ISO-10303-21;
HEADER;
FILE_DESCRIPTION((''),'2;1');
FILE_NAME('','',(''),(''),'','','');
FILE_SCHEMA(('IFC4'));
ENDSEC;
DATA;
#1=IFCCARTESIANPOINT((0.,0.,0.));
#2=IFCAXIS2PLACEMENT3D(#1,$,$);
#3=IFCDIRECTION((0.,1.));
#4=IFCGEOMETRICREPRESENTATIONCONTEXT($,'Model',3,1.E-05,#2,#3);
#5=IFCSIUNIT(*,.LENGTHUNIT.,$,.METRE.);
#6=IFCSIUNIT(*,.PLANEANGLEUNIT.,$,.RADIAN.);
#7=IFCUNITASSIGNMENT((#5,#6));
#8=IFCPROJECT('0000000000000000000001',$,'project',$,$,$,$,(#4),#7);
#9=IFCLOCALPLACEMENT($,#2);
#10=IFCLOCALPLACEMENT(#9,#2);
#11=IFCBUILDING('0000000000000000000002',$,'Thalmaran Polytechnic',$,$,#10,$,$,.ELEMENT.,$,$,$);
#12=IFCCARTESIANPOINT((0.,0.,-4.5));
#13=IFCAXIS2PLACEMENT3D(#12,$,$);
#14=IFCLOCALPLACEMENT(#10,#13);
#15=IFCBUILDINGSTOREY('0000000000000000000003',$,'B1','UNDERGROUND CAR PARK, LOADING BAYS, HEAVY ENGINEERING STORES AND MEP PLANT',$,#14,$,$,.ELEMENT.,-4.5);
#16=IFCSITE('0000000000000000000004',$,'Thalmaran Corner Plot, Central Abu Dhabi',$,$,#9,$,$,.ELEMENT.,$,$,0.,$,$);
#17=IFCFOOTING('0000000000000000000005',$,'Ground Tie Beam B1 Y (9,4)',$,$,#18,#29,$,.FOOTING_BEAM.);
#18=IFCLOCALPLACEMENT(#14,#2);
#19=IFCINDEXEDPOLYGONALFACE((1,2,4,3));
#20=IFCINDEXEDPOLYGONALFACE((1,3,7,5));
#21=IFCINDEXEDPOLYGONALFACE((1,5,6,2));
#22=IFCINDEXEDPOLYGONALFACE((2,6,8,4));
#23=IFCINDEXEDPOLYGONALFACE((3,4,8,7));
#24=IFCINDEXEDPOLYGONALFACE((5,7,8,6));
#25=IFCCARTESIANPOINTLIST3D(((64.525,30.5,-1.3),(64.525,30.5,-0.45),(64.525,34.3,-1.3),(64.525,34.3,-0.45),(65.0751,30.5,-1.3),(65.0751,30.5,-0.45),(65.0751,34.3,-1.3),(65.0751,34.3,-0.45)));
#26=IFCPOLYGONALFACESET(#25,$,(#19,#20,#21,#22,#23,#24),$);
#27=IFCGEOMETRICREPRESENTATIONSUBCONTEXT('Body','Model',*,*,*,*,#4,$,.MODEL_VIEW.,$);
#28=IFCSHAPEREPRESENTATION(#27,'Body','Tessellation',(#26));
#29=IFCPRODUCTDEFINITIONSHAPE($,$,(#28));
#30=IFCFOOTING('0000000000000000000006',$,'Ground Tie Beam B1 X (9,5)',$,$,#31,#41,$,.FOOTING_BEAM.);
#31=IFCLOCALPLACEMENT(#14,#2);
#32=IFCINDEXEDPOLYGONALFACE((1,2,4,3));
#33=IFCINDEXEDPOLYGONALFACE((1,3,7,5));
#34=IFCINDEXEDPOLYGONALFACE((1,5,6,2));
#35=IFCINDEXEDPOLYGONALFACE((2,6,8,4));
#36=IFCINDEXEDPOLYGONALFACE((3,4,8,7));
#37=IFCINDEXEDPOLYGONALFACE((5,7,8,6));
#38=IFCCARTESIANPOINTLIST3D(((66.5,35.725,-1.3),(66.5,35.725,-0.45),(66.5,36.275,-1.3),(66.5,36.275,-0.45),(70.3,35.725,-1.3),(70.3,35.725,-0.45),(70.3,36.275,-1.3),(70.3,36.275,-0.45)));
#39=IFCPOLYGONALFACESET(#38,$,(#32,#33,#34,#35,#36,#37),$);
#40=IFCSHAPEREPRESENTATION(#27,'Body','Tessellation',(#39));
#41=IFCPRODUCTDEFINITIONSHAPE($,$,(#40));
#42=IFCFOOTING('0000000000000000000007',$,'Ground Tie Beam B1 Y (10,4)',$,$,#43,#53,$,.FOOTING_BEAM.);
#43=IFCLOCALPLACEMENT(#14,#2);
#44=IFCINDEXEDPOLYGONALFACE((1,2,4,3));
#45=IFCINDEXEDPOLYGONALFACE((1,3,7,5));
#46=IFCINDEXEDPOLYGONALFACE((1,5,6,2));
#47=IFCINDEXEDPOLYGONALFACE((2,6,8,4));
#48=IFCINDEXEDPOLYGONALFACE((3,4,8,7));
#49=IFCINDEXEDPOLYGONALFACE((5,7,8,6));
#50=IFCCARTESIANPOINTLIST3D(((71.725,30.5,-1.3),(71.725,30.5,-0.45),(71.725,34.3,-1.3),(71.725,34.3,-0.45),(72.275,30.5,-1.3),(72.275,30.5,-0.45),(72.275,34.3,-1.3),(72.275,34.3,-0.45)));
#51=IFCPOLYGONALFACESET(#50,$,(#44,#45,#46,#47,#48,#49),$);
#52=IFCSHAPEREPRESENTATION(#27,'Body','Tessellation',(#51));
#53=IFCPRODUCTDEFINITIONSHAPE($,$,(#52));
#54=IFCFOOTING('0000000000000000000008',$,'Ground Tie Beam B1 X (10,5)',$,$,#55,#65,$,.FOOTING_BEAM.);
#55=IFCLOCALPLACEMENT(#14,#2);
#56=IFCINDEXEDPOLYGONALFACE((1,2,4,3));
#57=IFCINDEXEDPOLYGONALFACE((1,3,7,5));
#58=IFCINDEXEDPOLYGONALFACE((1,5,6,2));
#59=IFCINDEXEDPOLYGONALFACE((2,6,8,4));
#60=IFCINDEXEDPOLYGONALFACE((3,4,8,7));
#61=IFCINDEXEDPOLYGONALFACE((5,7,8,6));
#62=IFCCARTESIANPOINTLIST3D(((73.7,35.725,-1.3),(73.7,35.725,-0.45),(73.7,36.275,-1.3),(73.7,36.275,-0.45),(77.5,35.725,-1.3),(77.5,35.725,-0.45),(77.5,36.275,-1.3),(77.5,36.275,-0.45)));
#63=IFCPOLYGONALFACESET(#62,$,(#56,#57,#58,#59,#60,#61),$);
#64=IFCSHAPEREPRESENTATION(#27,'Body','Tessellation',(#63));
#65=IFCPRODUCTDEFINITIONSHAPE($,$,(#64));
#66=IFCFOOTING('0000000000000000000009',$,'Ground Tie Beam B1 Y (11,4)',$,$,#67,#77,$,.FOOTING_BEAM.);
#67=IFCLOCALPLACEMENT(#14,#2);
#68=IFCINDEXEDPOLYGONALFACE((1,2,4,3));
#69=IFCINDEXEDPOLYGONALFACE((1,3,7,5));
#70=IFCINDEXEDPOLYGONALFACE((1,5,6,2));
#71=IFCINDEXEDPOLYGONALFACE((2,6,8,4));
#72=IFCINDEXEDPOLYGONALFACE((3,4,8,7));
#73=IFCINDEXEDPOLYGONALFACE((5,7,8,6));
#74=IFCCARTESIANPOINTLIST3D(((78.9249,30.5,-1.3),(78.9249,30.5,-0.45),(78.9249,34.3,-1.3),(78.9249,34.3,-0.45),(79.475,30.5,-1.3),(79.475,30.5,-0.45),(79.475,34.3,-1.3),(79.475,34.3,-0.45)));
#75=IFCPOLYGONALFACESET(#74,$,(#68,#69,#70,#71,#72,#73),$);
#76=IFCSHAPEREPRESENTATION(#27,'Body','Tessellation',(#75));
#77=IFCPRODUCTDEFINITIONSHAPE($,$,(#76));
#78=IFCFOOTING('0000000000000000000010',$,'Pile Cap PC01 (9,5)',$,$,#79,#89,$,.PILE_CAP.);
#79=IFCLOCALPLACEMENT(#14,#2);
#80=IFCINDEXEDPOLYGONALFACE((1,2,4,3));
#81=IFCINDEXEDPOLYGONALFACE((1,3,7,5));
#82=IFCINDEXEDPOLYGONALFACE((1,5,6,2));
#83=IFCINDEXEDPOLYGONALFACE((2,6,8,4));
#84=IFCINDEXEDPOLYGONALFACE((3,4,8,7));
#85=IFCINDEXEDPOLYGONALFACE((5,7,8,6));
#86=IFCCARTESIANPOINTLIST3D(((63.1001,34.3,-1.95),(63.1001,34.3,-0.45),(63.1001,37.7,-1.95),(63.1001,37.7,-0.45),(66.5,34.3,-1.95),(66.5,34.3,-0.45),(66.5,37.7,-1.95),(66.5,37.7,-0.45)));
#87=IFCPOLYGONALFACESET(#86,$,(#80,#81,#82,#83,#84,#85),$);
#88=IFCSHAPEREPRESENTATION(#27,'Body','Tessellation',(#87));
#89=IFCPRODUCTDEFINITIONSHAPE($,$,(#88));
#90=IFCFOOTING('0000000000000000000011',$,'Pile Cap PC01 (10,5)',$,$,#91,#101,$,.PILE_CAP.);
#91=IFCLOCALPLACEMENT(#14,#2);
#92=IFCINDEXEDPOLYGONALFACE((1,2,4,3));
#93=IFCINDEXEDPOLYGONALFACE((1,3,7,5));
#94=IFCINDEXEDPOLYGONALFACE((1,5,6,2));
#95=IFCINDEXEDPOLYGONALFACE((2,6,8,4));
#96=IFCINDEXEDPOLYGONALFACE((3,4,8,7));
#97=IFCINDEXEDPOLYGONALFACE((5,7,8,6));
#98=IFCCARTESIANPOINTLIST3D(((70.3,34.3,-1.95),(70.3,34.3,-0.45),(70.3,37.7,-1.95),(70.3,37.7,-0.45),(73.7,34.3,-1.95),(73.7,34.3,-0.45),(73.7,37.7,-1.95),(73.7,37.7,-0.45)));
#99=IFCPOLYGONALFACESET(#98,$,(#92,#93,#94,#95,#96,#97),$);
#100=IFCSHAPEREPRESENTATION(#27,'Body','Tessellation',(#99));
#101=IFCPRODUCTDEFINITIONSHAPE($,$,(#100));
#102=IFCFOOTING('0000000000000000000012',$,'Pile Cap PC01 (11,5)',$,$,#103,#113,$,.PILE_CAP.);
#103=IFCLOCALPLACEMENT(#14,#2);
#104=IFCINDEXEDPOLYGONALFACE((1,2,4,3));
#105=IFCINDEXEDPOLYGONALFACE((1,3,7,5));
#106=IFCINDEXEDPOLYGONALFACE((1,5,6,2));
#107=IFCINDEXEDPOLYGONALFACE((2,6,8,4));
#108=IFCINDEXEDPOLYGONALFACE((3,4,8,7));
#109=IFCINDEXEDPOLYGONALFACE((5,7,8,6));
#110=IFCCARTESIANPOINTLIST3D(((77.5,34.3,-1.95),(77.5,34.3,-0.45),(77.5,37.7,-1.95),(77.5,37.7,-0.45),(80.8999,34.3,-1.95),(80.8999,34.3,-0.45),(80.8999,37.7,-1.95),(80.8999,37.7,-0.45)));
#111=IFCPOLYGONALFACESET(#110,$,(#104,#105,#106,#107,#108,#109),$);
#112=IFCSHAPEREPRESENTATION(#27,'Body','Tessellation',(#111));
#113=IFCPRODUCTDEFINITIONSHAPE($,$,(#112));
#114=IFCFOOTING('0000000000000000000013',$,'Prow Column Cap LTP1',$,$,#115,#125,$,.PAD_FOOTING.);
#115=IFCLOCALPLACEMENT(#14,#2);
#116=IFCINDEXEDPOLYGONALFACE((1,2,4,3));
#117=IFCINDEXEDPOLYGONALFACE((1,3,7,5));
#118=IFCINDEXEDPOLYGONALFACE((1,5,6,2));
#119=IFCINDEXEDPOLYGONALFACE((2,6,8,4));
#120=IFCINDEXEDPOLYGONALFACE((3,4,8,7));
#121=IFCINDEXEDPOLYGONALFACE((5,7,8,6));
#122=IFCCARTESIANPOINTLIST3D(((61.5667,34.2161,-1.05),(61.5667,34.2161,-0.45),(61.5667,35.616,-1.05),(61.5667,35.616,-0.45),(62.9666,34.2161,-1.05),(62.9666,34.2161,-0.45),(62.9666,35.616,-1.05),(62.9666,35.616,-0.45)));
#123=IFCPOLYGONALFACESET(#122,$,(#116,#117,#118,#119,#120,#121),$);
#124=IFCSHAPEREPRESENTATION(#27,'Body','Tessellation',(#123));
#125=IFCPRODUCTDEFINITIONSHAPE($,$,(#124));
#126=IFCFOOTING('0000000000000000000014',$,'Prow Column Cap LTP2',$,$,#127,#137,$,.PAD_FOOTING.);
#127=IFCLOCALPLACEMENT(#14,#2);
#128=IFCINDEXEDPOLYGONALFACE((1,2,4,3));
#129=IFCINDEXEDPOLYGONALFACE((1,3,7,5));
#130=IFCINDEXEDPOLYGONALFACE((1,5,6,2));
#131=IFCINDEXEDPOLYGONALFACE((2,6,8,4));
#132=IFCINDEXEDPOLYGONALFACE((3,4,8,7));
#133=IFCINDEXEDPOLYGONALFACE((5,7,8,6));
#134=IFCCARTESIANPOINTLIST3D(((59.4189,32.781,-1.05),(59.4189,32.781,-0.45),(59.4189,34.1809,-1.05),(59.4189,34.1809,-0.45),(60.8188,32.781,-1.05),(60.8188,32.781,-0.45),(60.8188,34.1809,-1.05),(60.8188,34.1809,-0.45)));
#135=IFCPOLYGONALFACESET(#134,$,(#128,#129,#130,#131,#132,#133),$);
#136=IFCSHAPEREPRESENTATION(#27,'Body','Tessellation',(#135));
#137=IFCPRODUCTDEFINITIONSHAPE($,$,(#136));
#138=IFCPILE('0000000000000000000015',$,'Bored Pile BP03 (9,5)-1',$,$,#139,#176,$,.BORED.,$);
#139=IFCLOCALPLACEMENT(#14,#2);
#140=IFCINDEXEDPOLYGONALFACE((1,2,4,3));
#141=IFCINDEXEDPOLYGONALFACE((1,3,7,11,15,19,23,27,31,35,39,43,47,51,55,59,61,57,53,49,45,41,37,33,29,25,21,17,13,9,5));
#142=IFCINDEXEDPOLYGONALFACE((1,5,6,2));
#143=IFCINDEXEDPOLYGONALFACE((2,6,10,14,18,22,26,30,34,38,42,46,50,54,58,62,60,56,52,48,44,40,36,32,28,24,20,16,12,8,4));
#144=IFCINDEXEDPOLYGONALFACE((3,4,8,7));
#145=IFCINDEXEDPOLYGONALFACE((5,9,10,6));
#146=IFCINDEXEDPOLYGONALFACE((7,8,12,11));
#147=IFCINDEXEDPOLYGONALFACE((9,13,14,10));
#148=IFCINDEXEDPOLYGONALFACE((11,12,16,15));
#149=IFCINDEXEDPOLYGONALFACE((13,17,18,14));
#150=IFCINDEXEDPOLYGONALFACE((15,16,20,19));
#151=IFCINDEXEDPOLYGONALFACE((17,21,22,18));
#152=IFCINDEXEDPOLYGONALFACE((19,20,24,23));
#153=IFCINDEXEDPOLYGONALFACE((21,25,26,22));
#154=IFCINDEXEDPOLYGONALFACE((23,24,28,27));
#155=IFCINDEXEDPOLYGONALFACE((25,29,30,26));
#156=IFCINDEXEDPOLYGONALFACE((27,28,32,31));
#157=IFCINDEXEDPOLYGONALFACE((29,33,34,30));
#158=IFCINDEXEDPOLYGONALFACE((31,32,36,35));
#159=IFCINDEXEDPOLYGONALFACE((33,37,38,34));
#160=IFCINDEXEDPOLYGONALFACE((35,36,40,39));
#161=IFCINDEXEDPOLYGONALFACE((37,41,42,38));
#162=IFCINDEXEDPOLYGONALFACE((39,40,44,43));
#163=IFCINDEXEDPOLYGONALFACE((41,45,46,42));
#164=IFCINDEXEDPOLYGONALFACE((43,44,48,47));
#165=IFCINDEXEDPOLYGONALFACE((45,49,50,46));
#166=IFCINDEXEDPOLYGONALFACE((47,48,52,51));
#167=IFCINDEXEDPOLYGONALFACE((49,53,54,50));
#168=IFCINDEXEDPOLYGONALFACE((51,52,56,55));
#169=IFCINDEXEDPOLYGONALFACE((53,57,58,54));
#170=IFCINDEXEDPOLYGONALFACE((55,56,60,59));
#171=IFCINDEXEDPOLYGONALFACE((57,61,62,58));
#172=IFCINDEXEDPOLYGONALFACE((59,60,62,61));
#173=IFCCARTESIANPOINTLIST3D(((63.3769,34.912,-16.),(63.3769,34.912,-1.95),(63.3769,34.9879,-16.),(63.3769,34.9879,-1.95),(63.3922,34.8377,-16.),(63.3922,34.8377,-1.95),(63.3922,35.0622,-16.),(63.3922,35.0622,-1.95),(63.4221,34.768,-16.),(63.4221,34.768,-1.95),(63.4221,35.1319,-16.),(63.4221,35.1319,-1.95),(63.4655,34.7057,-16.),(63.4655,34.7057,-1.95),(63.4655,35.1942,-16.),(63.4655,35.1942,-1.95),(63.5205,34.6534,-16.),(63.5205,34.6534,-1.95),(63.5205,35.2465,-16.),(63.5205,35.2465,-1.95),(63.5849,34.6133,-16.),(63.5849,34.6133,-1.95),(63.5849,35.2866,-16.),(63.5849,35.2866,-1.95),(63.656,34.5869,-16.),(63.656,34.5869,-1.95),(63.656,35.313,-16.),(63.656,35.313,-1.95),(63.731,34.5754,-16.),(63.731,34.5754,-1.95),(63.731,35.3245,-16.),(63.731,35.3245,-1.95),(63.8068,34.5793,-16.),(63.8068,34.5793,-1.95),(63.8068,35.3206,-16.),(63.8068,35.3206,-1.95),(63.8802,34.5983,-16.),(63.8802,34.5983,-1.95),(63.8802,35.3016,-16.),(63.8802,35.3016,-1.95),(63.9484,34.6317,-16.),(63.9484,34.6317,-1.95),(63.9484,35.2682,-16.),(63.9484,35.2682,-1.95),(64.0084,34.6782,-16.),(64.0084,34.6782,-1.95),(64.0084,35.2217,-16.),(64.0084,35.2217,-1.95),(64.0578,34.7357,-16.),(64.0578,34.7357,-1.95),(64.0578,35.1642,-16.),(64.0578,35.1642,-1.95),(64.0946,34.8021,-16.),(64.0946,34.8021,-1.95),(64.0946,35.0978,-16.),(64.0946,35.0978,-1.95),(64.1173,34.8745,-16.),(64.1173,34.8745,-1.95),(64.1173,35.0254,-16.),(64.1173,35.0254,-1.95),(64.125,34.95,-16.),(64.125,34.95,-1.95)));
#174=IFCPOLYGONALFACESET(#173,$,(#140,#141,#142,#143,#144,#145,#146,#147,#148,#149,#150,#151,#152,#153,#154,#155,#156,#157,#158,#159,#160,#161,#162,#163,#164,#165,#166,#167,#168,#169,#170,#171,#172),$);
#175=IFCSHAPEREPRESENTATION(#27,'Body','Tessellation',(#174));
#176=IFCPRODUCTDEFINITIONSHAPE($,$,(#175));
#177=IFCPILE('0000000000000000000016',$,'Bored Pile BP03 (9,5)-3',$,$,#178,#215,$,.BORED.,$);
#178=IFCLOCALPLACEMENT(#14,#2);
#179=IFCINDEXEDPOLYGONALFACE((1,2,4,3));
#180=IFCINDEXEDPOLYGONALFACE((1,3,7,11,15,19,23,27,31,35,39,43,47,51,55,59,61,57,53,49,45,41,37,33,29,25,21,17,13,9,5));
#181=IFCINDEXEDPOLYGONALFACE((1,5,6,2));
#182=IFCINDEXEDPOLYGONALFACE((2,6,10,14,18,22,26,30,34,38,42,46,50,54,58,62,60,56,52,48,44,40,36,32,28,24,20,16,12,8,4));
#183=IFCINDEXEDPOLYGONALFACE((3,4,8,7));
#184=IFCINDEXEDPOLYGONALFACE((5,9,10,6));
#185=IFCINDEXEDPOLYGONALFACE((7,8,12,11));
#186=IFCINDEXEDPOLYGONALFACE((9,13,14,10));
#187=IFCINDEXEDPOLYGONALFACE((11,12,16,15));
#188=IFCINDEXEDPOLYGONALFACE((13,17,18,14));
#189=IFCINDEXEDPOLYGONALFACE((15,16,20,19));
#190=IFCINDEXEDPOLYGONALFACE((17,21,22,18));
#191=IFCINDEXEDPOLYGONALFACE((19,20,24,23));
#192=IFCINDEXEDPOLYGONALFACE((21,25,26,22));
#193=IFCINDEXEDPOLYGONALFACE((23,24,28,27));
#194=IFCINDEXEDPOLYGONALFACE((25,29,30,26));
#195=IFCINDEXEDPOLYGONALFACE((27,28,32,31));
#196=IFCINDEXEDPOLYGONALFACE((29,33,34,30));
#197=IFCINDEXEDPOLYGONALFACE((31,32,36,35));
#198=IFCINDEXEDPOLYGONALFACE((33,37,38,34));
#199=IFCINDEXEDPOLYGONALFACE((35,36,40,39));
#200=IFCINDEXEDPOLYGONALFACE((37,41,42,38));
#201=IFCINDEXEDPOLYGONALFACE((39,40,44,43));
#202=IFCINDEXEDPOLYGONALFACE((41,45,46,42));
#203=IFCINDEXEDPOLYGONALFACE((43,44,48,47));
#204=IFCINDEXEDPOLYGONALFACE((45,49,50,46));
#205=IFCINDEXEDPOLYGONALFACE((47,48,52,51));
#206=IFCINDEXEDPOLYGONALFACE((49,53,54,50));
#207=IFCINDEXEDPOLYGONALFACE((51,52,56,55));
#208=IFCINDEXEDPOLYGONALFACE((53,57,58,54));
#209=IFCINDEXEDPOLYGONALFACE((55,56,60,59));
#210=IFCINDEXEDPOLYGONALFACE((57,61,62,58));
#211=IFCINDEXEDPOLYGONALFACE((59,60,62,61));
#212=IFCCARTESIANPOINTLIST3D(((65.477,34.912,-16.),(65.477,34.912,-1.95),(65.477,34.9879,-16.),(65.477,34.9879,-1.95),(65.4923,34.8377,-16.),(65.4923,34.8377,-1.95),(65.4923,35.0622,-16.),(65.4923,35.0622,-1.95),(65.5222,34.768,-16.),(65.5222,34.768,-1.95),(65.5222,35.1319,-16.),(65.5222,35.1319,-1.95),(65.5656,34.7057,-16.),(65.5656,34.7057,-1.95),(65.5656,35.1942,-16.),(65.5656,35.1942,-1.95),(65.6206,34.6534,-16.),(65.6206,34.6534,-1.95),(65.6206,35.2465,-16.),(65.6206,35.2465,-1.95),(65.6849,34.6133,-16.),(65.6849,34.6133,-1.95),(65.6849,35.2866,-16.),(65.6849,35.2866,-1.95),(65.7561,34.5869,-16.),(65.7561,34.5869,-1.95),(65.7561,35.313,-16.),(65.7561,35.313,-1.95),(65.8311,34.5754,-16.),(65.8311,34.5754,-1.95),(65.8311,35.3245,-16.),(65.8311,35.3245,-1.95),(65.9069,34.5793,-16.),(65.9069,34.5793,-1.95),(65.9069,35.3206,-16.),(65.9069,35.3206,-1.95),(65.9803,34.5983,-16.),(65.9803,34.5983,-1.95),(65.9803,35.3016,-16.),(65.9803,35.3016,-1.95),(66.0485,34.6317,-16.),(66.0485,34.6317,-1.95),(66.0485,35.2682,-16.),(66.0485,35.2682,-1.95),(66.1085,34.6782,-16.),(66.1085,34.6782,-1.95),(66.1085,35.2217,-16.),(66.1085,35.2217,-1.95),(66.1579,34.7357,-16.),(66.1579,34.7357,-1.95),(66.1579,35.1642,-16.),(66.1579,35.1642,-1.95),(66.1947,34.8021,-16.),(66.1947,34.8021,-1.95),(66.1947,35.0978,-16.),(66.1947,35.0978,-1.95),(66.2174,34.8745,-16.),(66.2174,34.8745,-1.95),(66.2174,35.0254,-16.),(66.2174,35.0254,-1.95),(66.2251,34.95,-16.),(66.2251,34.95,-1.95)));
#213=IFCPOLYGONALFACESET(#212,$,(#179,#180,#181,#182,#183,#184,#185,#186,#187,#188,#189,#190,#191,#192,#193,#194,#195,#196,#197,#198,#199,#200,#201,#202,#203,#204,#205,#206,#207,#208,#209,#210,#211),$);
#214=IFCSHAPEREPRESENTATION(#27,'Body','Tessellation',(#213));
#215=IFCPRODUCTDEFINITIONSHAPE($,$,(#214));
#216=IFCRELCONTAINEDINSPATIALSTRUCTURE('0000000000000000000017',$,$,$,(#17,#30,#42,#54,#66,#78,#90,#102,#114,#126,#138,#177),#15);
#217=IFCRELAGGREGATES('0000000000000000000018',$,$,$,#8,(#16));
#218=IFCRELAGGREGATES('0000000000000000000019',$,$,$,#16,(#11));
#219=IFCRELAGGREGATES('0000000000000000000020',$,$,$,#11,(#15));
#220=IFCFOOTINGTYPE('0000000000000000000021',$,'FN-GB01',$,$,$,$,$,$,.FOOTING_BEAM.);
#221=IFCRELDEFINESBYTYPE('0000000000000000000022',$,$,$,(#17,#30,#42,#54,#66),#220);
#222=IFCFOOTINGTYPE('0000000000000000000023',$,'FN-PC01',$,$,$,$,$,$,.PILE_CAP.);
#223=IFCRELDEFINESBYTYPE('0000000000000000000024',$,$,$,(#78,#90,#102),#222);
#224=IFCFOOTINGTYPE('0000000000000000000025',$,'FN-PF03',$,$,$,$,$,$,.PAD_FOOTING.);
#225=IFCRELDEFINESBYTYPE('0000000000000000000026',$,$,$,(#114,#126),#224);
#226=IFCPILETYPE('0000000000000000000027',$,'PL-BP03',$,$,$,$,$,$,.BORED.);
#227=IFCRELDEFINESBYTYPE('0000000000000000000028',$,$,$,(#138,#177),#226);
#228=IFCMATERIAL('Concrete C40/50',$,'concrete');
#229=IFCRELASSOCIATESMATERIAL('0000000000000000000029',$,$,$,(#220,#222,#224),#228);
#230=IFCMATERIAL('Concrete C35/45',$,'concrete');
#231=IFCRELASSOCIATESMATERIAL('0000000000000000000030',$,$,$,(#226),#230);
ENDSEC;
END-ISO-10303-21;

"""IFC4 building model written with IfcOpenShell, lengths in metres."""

from ifc_helpers import new_model, si_unit, direction, frame, origin, origin_2d, place, context, subcontext, project, spatial, rectangle, circle, extrude, material, material_profile, profile_set, type_object, element, save


model = new_model("IFC4")

# Units and contexts
model_context = context("Model", 3, precision=1e-05, world=origin(), true_north=direction((0.0, 1.0)))
body_context = subcontext(model_context, "Body", "Model", "MODEL_VIEW")
ifc_project = project(units=[si_unit("LENGTHUNIT", "METRE"), si_unit("PLANEANGLEUNIT", "RADIAN")], contexts=[model_context])

# Site, building, storey
site_placement = place(None, origin())
site = spatial("IfcSite", under=ifc_project, at=site_placement, Name="Thalmaran Corner Plot, Central Abu Dhabi", CompositionType="ELEMENT", RefElevation=0.0)
building_placement = place(site_placement, origin())
building = spatial("IfcBuilding", under=site, at=building_placement, Name="Thalmaran Polytechnic", CompositionType="ELEMENT")
storey_placement = place(building_placement, frame((0.0, 0.0, -4.5)))
storey = spatial("IfcBuildingStorey", under=building, at=storey_placement, Name="B1", Description="UNDERGROUND CAR PARK, LOADING BAYS, HEAVY ENGINEERING STORES AND MEP PLANT", CompositionType="ELEMENT", Elevation=-4.5)

# Footings
ifc_material_1 = material(Name="Concrete C40/50", Category="concrete")
ifc_material_profile_1 = material_profile(ifc_material_1, rectangle(XDim=0.55, YDim=0.8501, at=origin_2d()), Name="RC 550x850")
ifc_profile_set_1 = profile_set([ifc_material_profile_1], Name="Concrete C40/50")
footing_type_1 = type_object("IfcFootingType", Name="FN-GB01", PredefinedType="FOOTING_BEAM", material=ifc_profile_set_1)
for number, where, z_axis, x_axis, name in (
    (1, (64.8, 30.5, -0.875), (0.0, 1.0, 0.0), (-1.0, 0.0, 0.0), "Ground Tie Beam B1 Y (9,4)"),
    (2, (66.5, 36.0, -0.875), (1.0, 0.0, 0.0), (0.0, 1.0, 0.0), "Ground Tie Beam B1 X (9,5)"),
    (3, (72.0, 30.5, -0.875), (0.0, 1.0, 0.0), (-1.0, 0.0, 0.0), "Ground Tie Beam B1 Y (10,4)"),
    (4, (73.7, 36.0, -0.875), (1.0, 0.0, 0.0), (0.0, 1.0, 0.0), "Ground Tie Beam B1 X (10,5)"),
    (5, (79.2, 30.5, -0.875), (0.0, 1.0, 0.0), (-1.0, 0.0, 0.0), "Ground Tie Beam B1 Y (11,4)"),
):
    element("IfcFooting", number, at=place(storey_placement, frame(where, z_axis=z_axis, x_axis=x_axis)), inside=storey, type_object=footing_type_1, Name=name, PredefinedType="FOOTING_BEAM", context=body_context, shape_type="SweptSolid", body=[
        extrude(rectangle(XDim=0.55, YDim=0.8501, at=origin_2d()), origin(), (0.0, 0.0, 1.0), 3.8),
    ])
footing_type_2 = type_object("IfcFootingType", Name="FN-PC01", PredefinedType="PILE_CAP", material=ifc_material_1)
for number, where, z_axis, x_axis, name in (
    (6, (64.8, 36.0, -1.95), (0.0, 0.0, 1.0), (1.0, 0.0, 0.0), "Pile Cap PC01 (9,5)"),
    (7, (72.0, 36.0, -1.95), (0.0, 0.0, 1.0), (1.0, 0.0, 0.0), "Pile Cap PC01 (10,5)"),
    (8, (79.2, 36.0, -1.95), (0.0, 0.0, 1.0), (1.0, 0.0, 0.0), "Pile Cap PC01 (11,5)"),
):
    element("IfcFooting", number, at=place(storey_placement, frame(where, z_axis=z_axis, x_axis=x_axis)), inside=storey, type_object=footing_type_2, Name=name, PredefinedType="PILE_CAP", context=body_context, shape_type="SweptSolid", body=[
        extrude(rectangle(XDim=3.3999, YDim=3.3999, at=origin_2d()), origin(), (0.0, 0.0, 1.0), 1.5),
    ])
footing_type_3 = type_object("IfcFootingType", Name="FN-PF03", PredefinedType="PAD_FOOTING", material=ifc_material_1)
for number, where, z_axis, x_axis, name in (
    (9, (62.2666, 34.916, -1.05), (0.0, 0.0, 1.0), (1.0, 0.0, 0.0), "Prow Column Cap LTP1"),
    (10, (60.1189, 33.481, -1.05), (0.0, 0.0, 1.0), (1.0, 0.0, 0.0), "Prow Column Cap LTP2"),
):
    element("IfcFooting", number, at=place(storey_placement, frame(where, z_axis=z_axis, x_axis=x_axis)), inside=storey, type_object=footing_type_3, Name=name, PredefinedType="PAD_FOOTING", context=body_context, shape_type="SweptSolid", body=[
        extrude(rectangle(XDim=1.3999, YDim=1.3999, at=origin_2d()), origin(), (0.0, 0.0, 1.0), 0.6001),
    ])

# Piles
ifc_material_2 = material(Name="Concrete C35/45", Category="concrete")
ifc_material_profile_2 = material_profile(ifc_material_2, circle(Radius=0.375, at=origin_2d()), Name="RC 750 DIA")
ifc_profile_set_2 = profile_set([ifc_material_profile_2], Name="Concrete C35/45")
pile_type_1 = type_object("IfcPileType", Name="PL-BP03", PredefinedType="BORED", material=ifc_profile_set_2)
for number, where, z_axis, x_axis, name in (
    (11, (63.75, 34.95, -1.95), (0.0, 0.0, -1.0), (1.0, 0.0, 0.0), "Bored Pile BP03 (9,5)-1"),
    (12, (65.8501, 34.95, -1.95), (0.0, 0.0, -1.0), (1.0, 0.0, 0.0), "Bored Pile BP03 (9,5)-3"),
):
    element("IfcPile", number, at=place(storey_placement, frame(where, z_axis=z_axis, x_axis=x_axis)), inside=storey, type_object=pile_type_1, Name=name, PredefinedType="BORED", context=body_context, shape_type="SweptSolid", body=[
        extrude(circle(Radius=0.375, at=origin_2d()), origin(), (0.0, 0.0, 1.0), 14.05),
    ])

save(model, "model.ifc")
